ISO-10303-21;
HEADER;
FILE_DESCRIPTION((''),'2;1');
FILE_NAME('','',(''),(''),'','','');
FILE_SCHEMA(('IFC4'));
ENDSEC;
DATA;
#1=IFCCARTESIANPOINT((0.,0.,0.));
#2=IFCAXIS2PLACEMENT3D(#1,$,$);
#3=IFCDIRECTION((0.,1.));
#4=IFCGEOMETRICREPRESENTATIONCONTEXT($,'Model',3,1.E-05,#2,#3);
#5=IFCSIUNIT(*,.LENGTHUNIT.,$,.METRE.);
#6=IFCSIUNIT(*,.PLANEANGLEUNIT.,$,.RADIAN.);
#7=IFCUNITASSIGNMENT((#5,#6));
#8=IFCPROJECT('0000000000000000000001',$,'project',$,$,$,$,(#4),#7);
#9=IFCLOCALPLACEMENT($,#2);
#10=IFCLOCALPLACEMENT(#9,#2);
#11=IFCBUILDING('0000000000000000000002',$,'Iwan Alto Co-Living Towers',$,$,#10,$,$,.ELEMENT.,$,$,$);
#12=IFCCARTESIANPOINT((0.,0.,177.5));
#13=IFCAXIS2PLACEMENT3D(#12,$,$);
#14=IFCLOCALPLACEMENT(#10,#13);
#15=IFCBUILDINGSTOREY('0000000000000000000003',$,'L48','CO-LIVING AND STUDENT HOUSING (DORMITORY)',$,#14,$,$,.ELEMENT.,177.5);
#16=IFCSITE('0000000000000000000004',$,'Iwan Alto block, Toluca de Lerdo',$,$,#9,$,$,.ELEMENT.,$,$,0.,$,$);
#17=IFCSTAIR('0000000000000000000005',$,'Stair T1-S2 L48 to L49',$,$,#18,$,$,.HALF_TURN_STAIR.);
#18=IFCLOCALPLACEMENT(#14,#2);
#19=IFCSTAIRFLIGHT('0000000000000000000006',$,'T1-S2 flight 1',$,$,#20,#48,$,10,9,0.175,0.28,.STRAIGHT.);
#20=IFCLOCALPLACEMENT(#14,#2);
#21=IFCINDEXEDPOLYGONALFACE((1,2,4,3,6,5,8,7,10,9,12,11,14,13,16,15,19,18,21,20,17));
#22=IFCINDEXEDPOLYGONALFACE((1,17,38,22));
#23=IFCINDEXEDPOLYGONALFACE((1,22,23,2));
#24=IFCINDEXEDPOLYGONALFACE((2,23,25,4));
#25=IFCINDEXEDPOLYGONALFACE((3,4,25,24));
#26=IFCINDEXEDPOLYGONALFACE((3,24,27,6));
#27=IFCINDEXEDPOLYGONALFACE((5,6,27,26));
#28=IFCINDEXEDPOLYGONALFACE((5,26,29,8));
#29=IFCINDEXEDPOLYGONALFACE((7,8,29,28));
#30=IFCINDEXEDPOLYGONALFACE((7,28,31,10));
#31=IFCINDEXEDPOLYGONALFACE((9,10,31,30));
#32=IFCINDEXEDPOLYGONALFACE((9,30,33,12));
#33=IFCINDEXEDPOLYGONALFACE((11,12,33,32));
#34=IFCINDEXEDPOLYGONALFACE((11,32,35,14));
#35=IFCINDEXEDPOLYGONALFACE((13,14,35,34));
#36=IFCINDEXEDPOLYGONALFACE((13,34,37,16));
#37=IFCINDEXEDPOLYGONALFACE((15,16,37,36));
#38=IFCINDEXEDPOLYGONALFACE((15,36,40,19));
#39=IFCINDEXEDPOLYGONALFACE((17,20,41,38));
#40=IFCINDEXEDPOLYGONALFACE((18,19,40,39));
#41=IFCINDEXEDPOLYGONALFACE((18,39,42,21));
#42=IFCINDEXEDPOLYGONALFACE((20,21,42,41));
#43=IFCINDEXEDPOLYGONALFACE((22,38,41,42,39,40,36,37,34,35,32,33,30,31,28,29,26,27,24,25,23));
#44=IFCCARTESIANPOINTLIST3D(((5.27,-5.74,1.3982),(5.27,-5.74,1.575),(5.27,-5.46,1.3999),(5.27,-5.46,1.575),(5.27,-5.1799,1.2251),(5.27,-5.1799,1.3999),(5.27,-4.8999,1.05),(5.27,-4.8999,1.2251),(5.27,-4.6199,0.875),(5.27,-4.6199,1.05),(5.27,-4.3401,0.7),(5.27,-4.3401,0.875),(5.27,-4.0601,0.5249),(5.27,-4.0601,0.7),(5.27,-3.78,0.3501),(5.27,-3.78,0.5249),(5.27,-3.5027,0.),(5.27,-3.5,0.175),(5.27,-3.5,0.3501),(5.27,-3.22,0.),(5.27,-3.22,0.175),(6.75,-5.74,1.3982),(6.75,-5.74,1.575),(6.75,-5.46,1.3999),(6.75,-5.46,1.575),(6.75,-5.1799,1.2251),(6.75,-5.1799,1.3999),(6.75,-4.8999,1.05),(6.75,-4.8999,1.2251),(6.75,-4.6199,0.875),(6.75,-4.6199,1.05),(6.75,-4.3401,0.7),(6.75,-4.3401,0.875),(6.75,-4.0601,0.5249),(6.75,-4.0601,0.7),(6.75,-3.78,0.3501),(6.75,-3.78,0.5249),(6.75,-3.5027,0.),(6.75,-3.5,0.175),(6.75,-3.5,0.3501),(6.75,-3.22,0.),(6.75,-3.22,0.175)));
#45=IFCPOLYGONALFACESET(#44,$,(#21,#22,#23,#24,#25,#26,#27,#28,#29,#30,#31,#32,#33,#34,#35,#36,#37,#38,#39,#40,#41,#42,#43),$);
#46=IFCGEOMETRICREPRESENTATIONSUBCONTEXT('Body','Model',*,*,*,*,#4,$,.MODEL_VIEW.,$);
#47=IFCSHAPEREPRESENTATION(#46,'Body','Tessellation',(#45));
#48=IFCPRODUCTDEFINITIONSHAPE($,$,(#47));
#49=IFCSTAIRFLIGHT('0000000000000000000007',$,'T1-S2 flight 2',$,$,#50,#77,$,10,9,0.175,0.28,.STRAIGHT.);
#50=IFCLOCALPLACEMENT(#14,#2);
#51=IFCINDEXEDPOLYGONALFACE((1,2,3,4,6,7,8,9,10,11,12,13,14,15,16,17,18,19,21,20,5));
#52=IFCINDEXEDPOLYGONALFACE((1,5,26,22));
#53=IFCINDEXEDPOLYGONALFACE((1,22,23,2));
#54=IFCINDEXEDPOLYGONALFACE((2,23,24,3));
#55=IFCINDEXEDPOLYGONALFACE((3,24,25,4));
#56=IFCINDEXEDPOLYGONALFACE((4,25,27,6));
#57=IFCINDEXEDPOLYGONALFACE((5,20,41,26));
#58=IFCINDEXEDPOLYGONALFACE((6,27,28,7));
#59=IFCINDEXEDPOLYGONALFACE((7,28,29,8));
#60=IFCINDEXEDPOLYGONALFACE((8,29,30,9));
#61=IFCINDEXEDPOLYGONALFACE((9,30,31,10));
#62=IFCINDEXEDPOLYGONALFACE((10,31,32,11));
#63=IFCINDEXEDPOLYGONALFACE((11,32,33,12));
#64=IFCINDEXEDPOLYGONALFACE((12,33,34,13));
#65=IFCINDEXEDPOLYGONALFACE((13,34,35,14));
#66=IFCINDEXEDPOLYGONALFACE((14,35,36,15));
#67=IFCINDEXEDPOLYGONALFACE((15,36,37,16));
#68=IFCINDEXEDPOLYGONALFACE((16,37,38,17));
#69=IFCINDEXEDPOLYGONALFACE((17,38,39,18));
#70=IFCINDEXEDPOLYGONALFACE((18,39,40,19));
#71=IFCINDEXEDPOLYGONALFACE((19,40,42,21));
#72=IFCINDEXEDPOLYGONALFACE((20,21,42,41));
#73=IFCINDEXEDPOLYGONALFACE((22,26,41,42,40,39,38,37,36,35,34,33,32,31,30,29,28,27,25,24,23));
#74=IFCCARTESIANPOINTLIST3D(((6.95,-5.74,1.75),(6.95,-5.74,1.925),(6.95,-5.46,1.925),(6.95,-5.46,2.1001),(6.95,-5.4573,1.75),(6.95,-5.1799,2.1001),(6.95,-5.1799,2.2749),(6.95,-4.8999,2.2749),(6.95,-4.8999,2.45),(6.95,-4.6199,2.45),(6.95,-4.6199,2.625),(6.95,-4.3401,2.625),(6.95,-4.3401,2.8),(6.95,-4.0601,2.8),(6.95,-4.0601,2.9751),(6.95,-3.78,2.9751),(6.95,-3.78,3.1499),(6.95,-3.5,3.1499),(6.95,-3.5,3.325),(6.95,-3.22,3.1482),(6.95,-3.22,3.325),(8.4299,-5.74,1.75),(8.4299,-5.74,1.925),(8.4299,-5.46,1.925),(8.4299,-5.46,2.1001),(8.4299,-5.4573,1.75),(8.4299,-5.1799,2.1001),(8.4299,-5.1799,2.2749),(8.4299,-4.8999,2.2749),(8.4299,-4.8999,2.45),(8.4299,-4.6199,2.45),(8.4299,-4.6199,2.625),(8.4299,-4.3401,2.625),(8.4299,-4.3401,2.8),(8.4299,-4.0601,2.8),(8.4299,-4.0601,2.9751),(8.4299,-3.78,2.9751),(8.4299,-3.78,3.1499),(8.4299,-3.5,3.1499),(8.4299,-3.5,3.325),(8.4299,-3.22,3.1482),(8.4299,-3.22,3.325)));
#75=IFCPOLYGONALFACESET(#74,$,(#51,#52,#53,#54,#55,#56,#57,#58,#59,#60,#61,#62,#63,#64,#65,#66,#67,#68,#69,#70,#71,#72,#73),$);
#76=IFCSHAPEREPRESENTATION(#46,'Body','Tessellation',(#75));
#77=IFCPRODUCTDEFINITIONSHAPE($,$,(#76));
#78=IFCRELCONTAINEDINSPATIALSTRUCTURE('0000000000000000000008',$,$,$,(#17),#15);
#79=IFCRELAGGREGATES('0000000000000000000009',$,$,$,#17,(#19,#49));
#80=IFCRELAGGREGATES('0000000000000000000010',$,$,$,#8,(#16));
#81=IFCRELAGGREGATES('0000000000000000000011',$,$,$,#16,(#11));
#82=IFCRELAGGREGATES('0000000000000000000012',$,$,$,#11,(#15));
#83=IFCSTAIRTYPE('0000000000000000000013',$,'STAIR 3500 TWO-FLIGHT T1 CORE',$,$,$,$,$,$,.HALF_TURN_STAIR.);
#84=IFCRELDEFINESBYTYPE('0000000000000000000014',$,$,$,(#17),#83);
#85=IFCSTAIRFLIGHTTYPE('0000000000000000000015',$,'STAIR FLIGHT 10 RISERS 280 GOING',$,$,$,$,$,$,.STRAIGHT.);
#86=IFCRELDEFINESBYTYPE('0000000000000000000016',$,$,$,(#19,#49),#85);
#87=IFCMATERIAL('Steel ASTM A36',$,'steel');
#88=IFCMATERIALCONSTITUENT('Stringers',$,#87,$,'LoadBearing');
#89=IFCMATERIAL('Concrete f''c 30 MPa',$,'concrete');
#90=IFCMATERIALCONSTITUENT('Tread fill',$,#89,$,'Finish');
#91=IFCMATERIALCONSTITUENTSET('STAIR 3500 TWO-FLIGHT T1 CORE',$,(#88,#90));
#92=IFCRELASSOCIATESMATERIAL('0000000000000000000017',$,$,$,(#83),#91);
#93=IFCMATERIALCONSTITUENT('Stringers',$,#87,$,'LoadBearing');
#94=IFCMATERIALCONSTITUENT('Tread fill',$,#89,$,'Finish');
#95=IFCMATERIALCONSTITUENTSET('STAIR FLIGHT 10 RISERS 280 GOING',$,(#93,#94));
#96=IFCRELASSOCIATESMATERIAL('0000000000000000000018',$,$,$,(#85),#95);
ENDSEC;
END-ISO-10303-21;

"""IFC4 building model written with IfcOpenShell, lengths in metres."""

from ifc_helpers import new_model, si_unit, direction, frame, origin, place, context, subcontext, project, spatial, polyline, outline, extrude, material, constituent, constituent_set, type_object, element, aggregate, save


model = new_model("IFC4")

# Units and contexts
model_context = context("Model", 3, precision=1e-05, world=origin(), true_north=direction((0.0, 1.0)))
body_context = subcontext(model_context, "Body", "Model", "MODEL_VIEW")
ifc_project = project(units=[si_unit("LENGTHUNIT", "METRE"), si_unit("PLANEANGLEUNIT", "RADIAN")], contexts=[model_context])

# Site, building, storey
site_placement = place(None, origin())
site = spatial("IfcSite", under=ifc_project, at=site_placement, Name="Iwan Alto block, Toluca de Lerdo", CompositionType="ELEMENT", RefElevation=0.0)
building_placement = place(site_placement, origin())
building = spatial("IfcBuilding", under=site, at=building_placement, Name="Iwan Alto Co-Living Towers", CompositionType="ELEMENT")
storey_placement = place(building_placement, frame((0.0, 0.0, 177.5)))
storey = spatial("IfcBuildingStorey", under=building, at=storey_placement, Name="L48", Description="CO-LIVING AND STUDENT HOUSING (DORMITORY)", CompositionType="ELEMENT", Elevation=177.5)

# Stair
ifc_material_1 = material(Name="Steel ASTM A36", Category="steel")
ifc_constituent_1 = constituent(ifc_material_1, Name="Stringers", Category="LoadBearing")
ifc_material_2 = material(Name="Concrete f'c 30 MPa", Category="concrete")
ifc_constituent_2 = constituent(ifc_material_2, Name="Tread fill", Category="Finish")
ifc_constituent_set_1 = constituent_set(constituents=[ifc_constituent_1, ifc_constituent_2], Name="STAIR 3500 TWO-FLIGHT T1 CORE")
stair_type = type_object("IfcStairType", Name="STAIR 3500 TWO-FLIGHT T1 CORE", PredefinedType="HALF_TURN_STAIR", material=ifc_constituent_set_1)
stair_1_placement = place(storey_placement, origin())
stair_1 = element("IfcStair", 1, at=stair_1_placement, inside=storey, type_object=stair_type, Name="Stair T1-S2 L48 to L49", PredefinedType="HALF_TURN_STAIR")

# Stair flights
ifc_constituent_3 = constituent(ifc_material_1, Name="Stringers", Category="LoadBearing")
ifc_constituent_4 = constituent(ifc_material_2, Name="Tread fill", Category="Finish")
ifc_constituent_set_2 = constituent_set(constituents=[ifc_constituent_3, ifc_constituent_4], Name="STAIR FLIGHT 10 RISERS 280 GOING")
stair_flight_type = type_object("IfcStairFlightType", Name="STAIR FLIGHT 10 RISERS 280 GOING", PredefinedType="STRAIGHT", material=ifc_constituent_set_2)
stair_flight_1_placement = place(storey_placement, frame((6.01, -3.22, 0.0), z_axis=(0.0, 0.0, 1.0), x_axis=(0.0, -1.0, 0.0)))
stair_flight_1 = element("IfcStairFlight", 2, at=stair_flight_1_placement, type_object=stair_flight_type, Name="T1-S2 flight 1", NumberOfRisers=10, NumberOfTreads=9, PredefinedType="STRAIGHT", RiserHeight=0.175, TreadLength=0.28, context=body_context, shape_type="SweptSolid", body=[
    extrude(outline(polyline([(0.0, 0.0), (0.0, 0.175), (0.28, 0.175), (0.28, 0.3501), (0.5601, 0.3501), (0.5601, 0.5249), (0.8401, 0.5249), (0.8401, 0.7), (1.1201, 0.7), (1.1201, 0.875), (1.3999, 0.875), (1.3999, 1.05), (1.6799, 1.05), (1.6799, 1.2251), (1.96, 1.2251), (1.96, 1.3999), (2.24, 1.3999), (2.24, 1.575), (2.52, 1.575), (2.52, 1.75), (2.52, 1.3982), (0.2827, 0.0), (0.0, 0.0)])), frame((0.0, 0.74, 0.0), z_axis=(0.0, -1.0, 0.0), x_axis=(1.0, 0.0, 0.0)), (0.0, 0.0, 1.0), 1.48),
])
stair_flight_2_placement = place(storey_placement, frame((7.6899, -5.74, 1.75), z_axis=(0.0, 0.0, 1.0), x_axis=(0.0, 1.0, 0.0)))
stair_flight_2 = element("IfcStairFlight", 3, at=stair_flight_2_placement, type_object=stair_flight_type, Name="T1-S2 flight 2", NumberOfRisers=10, NumberOfTreads=9, PredefinedType="STRAIGHT", RiserHeight=0.175, TreadLength=0.28, context=body_context, shape_type="SweptSolid", body=[
    extrude(outline(polyline([(0.0, 0.0), (0.0, 0.175), (0.28, 0.175), (0.28, 0.3501), (0.5601, 0.3501), (0.5601, 0.5249), (0.8401, 0.5249), (0.8401, 0.7), (1.1201, 0.7), (1.1201, 0.875), (1.3999, 0.875), (1.3999, 1.05), (1.6799, 1.05), (1.6799, 1.2251), (1.96, 1.2251), (1.96, 1.3999), (2.24, 1.3999), (2.24, 1.575), (2.52, 1.575), (2.52, 1.75), (2.52, 1.3982), (0.2827, 0.0), (0.0, 0.0)])), frame((0.0, 0.74, 0.0), z_axis=(0.0, -1.0, 0.0), x_axis=(1.0, 0.0, 0.0)), (0.0, 0.0, 1.0), 1.48),
])
aggregate(stair_1, [stair_flight_1, stair_flight_2])

save(model, "model.ifc")
